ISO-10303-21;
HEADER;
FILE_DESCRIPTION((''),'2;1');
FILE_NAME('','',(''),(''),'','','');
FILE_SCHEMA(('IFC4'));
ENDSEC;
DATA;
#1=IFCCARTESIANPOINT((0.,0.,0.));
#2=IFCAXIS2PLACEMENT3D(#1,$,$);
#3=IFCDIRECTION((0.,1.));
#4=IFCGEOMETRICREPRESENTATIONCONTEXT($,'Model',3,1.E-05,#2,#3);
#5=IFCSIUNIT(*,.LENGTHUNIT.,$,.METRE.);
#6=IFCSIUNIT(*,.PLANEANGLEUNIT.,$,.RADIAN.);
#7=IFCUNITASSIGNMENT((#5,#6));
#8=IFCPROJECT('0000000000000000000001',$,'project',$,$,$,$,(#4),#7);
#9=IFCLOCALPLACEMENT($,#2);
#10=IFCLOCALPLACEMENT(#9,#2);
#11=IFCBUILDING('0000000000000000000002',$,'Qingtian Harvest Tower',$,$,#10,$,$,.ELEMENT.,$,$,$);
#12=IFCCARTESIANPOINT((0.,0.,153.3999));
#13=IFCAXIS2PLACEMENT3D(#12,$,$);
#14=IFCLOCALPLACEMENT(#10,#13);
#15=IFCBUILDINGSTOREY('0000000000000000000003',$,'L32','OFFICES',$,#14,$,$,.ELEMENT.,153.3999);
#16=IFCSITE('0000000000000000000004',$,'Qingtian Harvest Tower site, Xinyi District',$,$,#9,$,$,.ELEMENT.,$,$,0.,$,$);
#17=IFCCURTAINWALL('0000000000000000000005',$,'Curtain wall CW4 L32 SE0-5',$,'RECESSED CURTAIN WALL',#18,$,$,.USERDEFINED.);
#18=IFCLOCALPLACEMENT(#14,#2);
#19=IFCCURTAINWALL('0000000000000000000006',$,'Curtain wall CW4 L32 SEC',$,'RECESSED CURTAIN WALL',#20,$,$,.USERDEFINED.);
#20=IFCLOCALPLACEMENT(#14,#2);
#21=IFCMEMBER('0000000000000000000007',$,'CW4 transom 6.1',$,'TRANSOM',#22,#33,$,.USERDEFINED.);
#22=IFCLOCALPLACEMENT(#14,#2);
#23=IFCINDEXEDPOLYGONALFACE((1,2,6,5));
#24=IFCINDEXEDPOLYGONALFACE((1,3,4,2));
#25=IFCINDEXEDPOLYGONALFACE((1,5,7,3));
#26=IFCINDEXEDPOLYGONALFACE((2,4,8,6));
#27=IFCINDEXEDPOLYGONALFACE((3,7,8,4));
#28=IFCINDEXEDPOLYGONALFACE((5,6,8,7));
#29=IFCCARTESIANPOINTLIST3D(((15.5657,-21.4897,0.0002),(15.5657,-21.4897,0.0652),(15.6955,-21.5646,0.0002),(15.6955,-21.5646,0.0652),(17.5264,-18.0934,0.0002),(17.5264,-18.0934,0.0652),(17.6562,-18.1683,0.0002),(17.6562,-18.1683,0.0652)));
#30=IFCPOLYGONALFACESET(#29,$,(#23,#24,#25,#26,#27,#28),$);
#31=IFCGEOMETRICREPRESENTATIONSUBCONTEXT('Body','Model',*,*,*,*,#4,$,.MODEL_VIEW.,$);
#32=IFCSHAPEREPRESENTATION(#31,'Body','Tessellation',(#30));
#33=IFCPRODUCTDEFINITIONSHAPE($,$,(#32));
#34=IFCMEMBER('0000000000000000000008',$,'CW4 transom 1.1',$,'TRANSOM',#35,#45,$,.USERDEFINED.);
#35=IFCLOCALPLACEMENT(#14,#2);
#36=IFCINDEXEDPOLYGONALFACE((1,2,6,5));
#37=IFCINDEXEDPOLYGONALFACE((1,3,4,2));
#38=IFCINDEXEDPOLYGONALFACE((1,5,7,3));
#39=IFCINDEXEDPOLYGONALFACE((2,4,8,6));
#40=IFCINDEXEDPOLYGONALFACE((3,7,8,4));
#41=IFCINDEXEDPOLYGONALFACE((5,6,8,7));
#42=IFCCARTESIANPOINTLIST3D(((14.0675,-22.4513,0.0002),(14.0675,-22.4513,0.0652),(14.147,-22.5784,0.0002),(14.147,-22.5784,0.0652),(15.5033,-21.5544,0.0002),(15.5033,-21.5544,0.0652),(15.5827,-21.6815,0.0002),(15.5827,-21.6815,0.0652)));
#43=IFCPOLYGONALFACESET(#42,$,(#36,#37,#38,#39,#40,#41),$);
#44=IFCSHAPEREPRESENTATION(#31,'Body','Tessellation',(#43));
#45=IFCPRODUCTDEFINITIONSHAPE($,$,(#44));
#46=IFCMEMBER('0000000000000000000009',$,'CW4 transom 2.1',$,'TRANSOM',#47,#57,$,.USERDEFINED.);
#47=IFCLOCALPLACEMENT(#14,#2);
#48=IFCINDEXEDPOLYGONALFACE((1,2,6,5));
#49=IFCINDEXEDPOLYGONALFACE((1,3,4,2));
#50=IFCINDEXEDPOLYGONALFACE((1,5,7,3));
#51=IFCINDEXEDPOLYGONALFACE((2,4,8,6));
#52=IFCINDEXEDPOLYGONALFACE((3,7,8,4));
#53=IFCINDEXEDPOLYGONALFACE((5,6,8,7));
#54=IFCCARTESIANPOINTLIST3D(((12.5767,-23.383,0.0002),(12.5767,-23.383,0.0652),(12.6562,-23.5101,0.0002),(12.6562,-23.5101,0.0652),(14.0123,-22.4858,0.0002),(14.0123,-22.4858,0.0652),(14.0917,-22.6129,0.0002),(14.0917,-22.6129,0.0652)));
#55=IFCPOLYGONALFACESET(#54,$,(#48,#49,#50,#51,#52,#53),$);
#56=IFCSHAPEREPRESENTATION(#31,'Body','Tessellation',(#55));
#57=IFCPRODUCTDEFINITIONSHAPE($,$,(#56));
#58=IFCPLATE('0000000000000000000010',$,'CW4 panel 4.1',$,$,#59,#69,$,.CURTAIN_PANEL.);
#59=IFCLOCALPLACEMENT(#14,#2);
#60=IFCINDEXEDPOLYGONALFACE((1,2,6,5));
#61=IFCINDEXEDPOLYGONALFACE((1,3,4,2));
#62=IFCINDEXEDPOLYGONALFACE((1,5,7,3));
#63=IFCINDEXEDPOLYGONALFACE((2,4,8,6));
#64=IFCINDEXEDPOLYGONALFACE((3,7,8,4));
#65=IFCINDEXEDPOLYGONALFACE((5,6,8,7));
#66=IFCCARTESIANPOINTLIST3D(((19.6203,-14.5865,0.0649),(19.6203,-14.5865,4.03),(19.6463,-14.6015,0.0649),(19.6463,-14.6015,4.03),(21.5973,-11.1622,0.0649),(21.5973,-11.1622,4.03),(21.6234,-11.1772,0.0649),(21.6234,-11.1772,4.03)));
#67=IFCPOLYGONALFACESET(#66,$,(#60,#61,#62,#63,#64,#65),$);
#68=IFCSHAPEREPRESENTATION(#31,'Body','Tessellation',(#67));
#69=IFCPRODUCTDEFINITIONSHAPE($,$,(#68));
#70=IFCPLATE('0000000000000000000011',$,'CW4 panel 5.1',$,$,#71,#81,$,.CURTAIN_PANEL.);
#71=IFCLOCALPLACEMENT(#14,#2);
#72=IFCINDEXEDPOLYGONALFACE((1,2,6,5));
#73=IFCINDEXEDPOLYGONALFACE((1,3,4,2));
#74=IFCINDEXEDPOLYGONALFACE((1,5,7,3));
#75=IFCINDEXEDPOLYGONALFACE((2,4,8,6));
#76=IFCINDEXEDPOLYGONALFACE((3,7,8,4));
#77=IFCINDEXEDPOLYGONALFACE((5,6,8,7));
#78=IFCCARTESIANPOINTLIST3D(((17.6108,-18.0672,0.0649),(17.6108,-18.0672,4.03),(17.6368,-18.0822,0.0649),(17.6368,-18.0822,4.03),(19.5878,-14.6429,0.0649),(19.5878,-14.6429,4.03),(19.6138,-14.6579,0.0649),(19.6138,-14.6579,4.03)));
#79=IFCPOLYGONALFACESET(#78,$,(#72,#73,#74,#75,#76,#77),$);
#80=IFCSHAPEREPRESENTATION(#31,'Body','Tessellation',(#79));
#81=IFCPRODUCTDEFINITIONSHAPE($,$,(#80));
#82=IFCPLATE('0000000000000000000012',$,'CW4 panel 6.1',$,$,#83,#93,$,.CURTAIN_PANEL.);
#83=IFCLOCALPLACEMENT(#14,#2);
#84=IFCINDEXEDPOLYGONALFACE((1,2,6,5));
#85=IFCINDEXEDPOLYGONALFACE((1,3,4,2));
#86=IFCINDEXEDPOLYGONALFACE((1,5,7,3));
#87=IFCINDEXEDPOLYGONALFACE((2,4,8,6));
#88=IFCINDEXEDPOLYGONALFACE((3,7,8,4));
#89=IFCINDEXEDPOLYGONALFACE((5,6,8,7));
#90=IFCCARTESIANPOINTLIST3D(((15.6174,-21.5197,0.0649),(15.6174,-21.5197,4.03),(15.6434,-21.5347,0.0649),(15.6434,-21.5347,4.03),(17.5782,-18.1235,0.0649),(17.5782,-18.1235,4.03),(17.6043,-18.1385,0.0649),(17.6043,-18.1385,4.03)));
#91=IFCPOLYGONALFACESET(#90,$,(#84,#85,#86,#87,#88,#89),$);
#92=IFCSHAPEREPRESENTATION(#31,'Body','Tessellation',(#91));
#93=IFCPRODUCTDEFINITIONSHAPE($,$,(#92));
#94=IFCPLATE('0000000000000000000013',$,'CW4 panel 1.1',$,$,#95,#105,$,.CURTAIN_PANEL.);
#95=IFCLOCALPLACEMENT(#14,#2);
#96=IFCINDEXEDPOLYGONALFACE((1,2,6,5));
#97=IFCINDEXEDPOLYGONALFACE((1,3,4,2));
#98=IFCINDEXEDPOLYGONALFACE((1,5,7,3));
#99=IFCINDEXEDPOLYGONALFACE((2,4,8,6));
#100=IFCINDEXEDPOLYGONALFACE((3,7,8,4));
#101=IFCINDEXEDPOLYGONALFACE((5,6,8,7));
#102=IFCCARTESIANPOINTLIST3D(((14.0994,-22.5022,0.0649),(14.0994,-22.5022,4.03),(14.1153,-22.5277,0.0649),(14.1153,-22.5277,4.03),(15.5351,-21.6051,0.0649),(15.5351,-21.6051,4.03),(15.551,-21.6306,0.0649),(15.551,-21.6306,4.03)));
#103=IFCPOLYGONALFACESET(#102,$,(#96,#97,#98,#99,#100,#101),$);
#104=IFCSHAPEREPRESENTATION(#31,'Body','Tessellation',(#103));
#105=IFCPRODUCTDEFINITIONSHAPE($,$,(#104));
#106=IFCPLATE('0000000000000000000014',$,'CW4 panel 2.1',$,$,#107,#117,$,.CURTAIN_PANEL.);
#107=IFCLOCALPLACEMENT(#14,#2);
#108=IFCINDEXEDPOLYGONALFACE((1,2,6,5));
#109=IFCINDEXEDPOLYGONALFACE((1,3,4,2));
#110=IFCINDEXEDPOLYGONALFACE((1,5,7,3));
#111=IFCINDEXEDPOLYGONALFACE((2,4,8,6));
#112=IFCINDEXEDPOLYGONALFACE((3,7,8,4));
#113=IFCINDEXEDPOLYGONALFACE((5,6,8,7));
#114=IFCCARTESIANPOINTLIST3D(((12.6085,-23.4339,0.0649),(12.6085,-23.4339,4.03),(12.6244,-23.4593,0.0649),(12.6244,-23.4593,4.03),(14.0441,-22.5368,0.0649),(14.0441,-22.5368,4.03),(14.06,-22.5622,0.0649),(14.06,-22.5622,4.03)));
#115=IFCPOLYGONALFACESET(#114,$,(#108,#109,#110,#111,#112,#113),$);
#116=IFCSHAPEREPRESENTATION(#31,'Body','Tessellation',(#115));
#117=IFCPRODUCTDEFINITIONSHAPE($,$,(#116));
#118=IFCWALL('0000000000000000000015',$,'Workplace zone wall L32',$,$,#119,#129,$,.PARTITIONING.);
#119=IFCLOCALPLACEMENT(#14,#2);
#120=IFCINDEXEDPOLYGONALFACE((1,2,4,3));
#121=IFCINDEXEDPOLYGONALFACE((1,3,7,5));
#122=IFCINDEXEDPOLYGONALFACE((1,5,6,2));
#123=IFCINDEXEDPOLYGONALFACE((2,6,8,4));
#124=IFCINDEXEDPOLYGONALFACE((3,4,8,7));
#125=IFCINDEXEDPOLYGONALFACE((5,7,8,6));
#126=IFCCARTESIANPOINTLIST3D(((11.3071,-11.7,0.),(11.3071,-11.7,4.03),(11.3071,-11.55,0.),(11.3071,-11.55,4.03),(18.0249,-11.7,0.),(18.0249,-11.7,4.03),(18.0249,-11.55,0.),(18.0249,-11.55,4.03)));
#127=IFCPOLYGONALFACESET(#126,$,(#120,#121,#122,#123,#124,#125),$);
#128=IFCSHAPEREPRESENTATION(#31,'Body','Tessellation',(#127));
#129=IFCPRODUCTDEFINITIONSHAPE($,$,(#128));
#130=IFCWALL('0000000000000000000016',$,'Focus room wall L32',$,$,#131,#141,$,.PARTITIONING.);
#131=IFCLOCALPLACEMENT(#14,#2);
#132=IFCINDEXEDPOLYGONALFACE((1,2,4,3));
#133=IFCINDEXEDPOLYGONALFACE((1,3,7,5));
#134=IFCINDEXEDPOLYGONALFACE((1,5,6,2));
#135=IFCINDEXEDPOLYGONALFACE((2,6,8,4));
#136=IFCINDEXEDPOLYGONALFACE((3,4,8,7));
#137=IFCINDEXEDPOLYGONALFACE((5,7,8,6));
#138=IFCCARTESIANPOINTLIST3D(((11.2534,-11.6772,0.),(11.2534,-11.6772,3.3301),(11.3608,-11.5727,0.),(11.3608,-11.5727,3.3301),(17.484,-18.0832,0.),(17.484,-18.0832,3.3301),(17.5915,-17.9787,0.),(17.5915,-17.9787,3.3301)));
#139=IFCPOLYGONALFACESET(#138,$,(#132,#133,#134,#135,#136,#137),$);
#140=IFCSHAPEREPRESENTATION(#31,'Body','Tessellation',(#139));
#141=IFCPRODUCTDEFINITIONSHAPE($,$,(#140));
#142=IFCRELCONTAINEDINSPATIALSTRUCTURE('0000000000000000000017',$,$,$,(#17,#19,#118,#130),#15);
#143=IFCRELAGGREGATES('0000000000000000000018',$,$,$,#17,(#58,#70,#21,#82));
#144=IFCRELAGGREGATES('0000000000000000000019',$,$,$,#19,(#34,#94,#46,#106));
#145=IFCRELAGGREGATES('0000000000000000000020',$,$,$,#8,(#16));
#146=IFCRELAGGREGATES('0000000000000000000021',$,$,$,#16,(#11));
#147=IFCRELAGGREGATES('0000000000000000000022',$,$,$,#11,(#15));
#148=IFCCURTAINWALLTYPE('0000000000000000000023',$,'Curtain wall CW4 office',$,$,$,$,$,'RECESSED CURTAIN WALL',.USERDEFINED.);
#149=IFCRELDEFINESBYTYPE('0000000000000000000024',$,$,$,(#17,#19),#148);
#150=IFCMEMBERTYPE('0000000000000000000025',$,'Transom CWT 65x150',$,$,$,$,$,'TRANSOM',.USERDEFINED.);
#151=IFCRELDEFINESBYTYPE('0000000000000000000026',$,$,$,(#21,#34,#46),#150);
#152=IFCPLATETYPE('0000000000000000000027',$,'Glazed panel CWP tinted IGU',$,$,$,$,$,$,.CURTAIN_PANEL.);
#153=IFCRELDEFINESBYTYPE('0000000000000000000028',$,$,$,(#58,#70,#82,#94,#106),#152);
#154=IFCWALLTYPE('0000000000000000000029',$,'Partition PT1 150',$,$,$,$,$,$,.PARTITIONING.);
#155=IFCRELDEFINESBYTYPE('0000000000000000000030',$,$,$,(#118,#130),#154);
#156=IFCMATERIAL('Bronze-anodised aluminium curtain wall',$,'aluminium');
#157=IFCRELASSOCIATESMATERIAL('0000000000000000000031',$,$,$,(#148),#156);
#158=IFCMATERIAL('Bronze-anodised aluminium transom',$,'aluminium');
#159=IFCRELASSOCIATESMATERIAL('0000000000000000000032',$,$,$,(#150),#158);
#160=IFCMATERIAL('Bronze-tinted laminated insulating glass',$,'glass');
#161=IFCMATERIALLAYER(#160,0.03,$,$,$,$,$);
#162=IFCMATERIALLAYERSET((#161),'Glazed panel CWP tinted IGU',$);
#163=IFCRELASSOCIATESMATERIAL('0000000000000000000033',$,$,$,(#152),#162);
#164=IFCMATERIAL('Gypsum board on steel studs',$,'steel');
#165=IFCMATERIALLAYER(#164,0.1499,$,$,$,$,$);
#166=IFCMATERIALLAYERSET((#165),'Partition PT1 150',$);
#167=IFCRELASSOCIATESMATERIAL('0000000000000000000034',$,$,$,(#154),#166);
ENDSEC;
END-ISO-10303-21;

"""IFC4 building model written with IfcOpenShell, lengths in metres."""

from ifc_helpers import new_model, si_unit, direction, frame, frame_2d, origin, origin_2d, place, context, subcontext, project, spatial, rectangle, extrude, material, layer, layer_set, material_profile, profile_set, type_object, element, aggregate, save


model = new_model("IFC4")

# Units and contexts
model_context = context("Model", 3, precision=1e-05, world=origin(), true_north=direction((0.0, 1.0)))
body_context = subcontext(model_context, "Body", "Model", "MODEL_VIEW")
ifc_project = project(units=[si_unit("LENGTHUNIT", "METRE"), si_unit("PLANEANGLEUNIT", "RADIAN")], contexts=[model_context])

# Site, building, storey
site_placement = place(None, origin())
site = spatial("IfcSite", under=ifc_project, at=site_placement, Name="Qingtian Harvest Tower site, Xinyi District", CompositionType="ELEMENT", RefElevation=0.0)
building_placement = place(site_placement, origin())
building = spatial("IfcBuilding", under=site, at=building_placement, Name="Qingtian Harvest Tower", CompositionType="ELEMENT")
storey_placement = place(building_placement, frame((0.0, 0.0, 153.3999)))
storey = spatial("IfcBuildingStorey", under=building, at=storey_placement, Name="L32", Description="OFFICES", CompositionType="ELEMENT", Elevation=153.3999)

# Curtain walls
ifc_material_1 = material(Name="Bronze-anodised aluminium curtain wall", Category="aluminium")
curtain_wall_type = type_object("IfcCurtainWallType", Name="Curtain wall CW4 office", ElementType="RECESSED CURTAIN WALL", PredefinedType="USERDEFINED", material=ifc_material_1)
curtain_wall_1_placement = place(storey_placement, origin())
curtain_wall_1 = element("IfcCurtainWall", 1, at=curtain_wall_1_placement, inside=storey, type_object=curtain_wall_type, Name="Curtain wall CW4 L32 SE0-5", ObjectType="RECESSED CURTAIN WALL", PredefinedType="USERDEFINED")
curtain_wall_2_placement = place(storey_placement, origin())
curtain_wall_2 = element("IfcCurtainWall", 2, at=curtain_wall_2_placement, inside=storey, type_object=curtain_wall_type, Name="Curtain wall CW4 L32 SEC", ObjectType="RECESSED CURTAIN WALL", PredefinedType="USERDEFINED")

# Members
ifc_material_2 = material(Name="Bronze-anodised aluminium transom", Category="aluminium")
ifc_material_profile_1 = material_profile(ifc_material_2, rectangle(XDim=0.1499, YDim=0.0649, at=origin_2d()), Name="AL 65x150")
ifc_profile_set_1 = profile_set([ifc_material_profile_1], Name="Bronze-anodised aluminium transom")
member_type_1 = type_object("IfcMemberType", Name="Transom CWT 65x150", ElementType="TRANSOM", PredefinedType="USERDEFINED", material=ifc_profile_set_1)
member_1_placement = place(storey_placement, frame((17.5913, -18.1309, 0.0327), z_axis=(-0.499976, -0.866039, 0.0), x_axis=(0.866039, -0.499976, 0.0)))
member_1 = element("IfcMember", 3, at=member_1_placement, type_object=member_type_1, Name="CW4 transom 6.1", ObjectType="TRANSOM", PredefinedType="USERDEFINED", context=body_context, shape_type="SweptSolid", body=[
    extrude(rectangle(XDim=0.1499, YDim=0.0649, at=origin_2d()), origin(), (0.0, 0.0, 1.0), 3.9216),
])
member_2_placement = place(storey_placement, frame((15.543, -21.6179, 0.0327), z_axis=(-0.848104, -0.52983, 0.0), x_axis=(0.52983, -0.848104, 0.0)))
member_2 = element("IfcMember", 4, at=member_2_placement, type_object=member_type_1, Name="CW4 transom 1.1", ObjectType="TRANSOM", PredefinedType="USERDEFINED", context=body_context, shape_type="SweptSolid", body=[
    extrude(rectangle(XDim=0.1499, YDim=0.0649, at=origin_2d()), origin(), (0.0, 0.0, 1.0), 1.6929),
])
member_3_placement = place(storey_placement, frame((14.052, -22.5493, 0.0327), z_axis=(-0.847998, -0.529999, 0.0), x_axis=(0.529999, -0.847998, 0.0)))
member_3 = element("IfcMember", 5, at=member_3_placement, type_object=member_type_1, Name="CW4 transom 2.1", ObjectType="TRANSOM", PredefinedType="USERDEFINED", context=body_context, shape_type="SweptSolid", body=[
    extrude(rectangle(XDim=0.1499, YDim=0.0649, at=origin_2d()), origin(), (0.0, 0.0, 1.0), 1.6929),
])

# Plates
ifc_material_3 = material(Name="Bronze-tinted laminated insulating glass", Category="glass")
ifc_layer_1 = layer(ifc_material_3, 0.03)
ifc_layer_set_1 = layer_set([ifc_layer_1], Name="Glazed panel CWP tinted IGU")
plate_type = type_object("IfcPlateType", Name="Glazed panel CWP tinted IGU", PredefinedType="CURTAIN_PANEL", material=ifc_layer_set_1)
plate_1_placement = place(storey_placement, frame((20.6218, -12.8818, 0.0649), z_axis=(0.0, 0.0, 1.0), x_axis=(-0.5, -0.866025, 0.0)))
plate_1 = element("IfcPlate", 6, at=plate_1_placement, type_object=plate_type, Name="CW4 panel 4.1", PredefinedType="CURTAIN_PANEL", context=body_context, shape_type="SweptSolid", body=[
    extrude(rectangle(XDim=3.9541, YDim=0.03, at=origin_2d()), origin(), (0.0, 0.0, 1.0), 3.9651),
])
plate_2_placement = place(storey_placement, frame((18.6123, -16.3625, 0.0649), z_axis=(0.0, 0.0, 1.0), x_axis=(-0.5, -0.866025, 0.0)))
plate_2 = element("IfcPlate", 7, at=plate_2_placement, type_object=plate_type, Name="CW4 panel 5.1", PredefinedType="CURTAIN_PANEL", context=body_context, shape_type="SweptSolid", body=[
    extrude(rectangle(XDim=3.9541, YDim=0.03, at=origin_2d()), origin(), (0.0, 0.0, 1.0), 3.9651),
])
plate_3_placement = place(storey_placement, frame((16.6108, -19.8291, 0.0649), z_axis=(0.0, 0.0, 1.0), x_axis=(-0.5, -0.866025, 0.0)))
plate_3 = element("IfcPlate", 8, at=plate_3_placement, type_object=plate_type, Name="CW4 panel 6.1", PredefinedType="CURTAIN_PANEL", context=body_context, shape_type="SweptSolid", body=[
    extrude(rectangle(XDim=3.9216, YDim=0.03, at=origin_2d()), origin(), (0.0, 0.0, 1.0), 3.9651),
])
aggregate(curtain_wall_1, [plate_1, plate_2, member_1, plate_3])
plate_4_placement = place(storey_placement, frame((14.8252, -22.0664, 0.0649), z_axis=(0.0, 0.0, 1.0), x_axis=(-0.848048, -0.529919, 0.0)))
plate_4 = element("IfcPlate", 9, at=plate_4_placement, type_object=plate_type, Name="CW4 panel 1.1", PredefinedType="CURTAIN_PANEL", context=body_context, shape_type="SweptSolid", body=[
    extrude(rectangle(XDim=1.6929, YDim=0.03, at=origin_2d()), origin(), (0.0, 0.0, 1.0), 3.9651),
])
plate_5_placement = place(storey_placement, frame((13.3342, -22.998, 0.0649), z_axis=(0.0, 0.0, 1.0), x_axis=(-0.848048, -0.529919, 0.0)))
plate_5 = element("IfcPlate", 10, at=plate_5_placement, type_object=plate_type, Name="CW4 panel 2.1", PredefinedType="CURTAIN_PANEL", context=body_context, shape_type="SweptSolid", body=[
    extrude(rectangle(XDim=1.6929, YDim=0.03, at=origin_2d()), origin(), (0.0, 0.0, 1.0), 3.9651),
])
aggregate(curtain_wall_2, [member_2, plate_4, member_3, plate_5])

# Walls
ifc_material_4 = material(Name="Gypsum board on steel studs", Category="steel")
ifc_layer_2 = layer(ifc_material_4, 0.1499)
ifc_layer_set_2 = layer_set([ifc_layer_2], Name="Partition PT1 150")
wall_type = type_object("IfcWallType", Name="Partition PT1 150", PredefinedType="PARTITIONING", material=ifc_layer_set_2)
wall_1_placement = place(storey_placement, frame((18.0249, -11.625, 0.0), z_axis=(0.0, 0.0, 1.0), x_axis=(-1.0, 0.0, 0.0)))
element("IfcWall", 11, at=wall_1_placement, inside=storey, type_object=wall_type, Name="Workplace zone wall L32", PredefinedType="PARTITIONING", context=body_context, shape_type="SweptSolid", body=[
    extrude(rectangle(XDim=6.7178, YDim=0.1499, at=frame_2d((3.3589, 0.0))), origin(), (0.0, 0.0, 1.0), 4.03),
])
wall_2_placement = place(storey_placement, frame((17.5378, -18.031, 0.0), z_axis=(0.0, 0.0, 1.0), x_axis=(-0.697231, 0.716847, 0.0)))
element("IfcWall", 12, at=wall_2_placement, inside=storey, type_object=wall_type, Name="Focus room wall L32", PredefinedType="PARTITIONING", context=body_context, shape_type="SweptSolid", body=[
    extrude(rectangle(XDim=8.9363, YDim=0.1499, at=frame_2d((4.4683, 0.0))), origin(), (0.0, 0.0, 1.0), 3.3301),
])

save(model, "model.ifc")
